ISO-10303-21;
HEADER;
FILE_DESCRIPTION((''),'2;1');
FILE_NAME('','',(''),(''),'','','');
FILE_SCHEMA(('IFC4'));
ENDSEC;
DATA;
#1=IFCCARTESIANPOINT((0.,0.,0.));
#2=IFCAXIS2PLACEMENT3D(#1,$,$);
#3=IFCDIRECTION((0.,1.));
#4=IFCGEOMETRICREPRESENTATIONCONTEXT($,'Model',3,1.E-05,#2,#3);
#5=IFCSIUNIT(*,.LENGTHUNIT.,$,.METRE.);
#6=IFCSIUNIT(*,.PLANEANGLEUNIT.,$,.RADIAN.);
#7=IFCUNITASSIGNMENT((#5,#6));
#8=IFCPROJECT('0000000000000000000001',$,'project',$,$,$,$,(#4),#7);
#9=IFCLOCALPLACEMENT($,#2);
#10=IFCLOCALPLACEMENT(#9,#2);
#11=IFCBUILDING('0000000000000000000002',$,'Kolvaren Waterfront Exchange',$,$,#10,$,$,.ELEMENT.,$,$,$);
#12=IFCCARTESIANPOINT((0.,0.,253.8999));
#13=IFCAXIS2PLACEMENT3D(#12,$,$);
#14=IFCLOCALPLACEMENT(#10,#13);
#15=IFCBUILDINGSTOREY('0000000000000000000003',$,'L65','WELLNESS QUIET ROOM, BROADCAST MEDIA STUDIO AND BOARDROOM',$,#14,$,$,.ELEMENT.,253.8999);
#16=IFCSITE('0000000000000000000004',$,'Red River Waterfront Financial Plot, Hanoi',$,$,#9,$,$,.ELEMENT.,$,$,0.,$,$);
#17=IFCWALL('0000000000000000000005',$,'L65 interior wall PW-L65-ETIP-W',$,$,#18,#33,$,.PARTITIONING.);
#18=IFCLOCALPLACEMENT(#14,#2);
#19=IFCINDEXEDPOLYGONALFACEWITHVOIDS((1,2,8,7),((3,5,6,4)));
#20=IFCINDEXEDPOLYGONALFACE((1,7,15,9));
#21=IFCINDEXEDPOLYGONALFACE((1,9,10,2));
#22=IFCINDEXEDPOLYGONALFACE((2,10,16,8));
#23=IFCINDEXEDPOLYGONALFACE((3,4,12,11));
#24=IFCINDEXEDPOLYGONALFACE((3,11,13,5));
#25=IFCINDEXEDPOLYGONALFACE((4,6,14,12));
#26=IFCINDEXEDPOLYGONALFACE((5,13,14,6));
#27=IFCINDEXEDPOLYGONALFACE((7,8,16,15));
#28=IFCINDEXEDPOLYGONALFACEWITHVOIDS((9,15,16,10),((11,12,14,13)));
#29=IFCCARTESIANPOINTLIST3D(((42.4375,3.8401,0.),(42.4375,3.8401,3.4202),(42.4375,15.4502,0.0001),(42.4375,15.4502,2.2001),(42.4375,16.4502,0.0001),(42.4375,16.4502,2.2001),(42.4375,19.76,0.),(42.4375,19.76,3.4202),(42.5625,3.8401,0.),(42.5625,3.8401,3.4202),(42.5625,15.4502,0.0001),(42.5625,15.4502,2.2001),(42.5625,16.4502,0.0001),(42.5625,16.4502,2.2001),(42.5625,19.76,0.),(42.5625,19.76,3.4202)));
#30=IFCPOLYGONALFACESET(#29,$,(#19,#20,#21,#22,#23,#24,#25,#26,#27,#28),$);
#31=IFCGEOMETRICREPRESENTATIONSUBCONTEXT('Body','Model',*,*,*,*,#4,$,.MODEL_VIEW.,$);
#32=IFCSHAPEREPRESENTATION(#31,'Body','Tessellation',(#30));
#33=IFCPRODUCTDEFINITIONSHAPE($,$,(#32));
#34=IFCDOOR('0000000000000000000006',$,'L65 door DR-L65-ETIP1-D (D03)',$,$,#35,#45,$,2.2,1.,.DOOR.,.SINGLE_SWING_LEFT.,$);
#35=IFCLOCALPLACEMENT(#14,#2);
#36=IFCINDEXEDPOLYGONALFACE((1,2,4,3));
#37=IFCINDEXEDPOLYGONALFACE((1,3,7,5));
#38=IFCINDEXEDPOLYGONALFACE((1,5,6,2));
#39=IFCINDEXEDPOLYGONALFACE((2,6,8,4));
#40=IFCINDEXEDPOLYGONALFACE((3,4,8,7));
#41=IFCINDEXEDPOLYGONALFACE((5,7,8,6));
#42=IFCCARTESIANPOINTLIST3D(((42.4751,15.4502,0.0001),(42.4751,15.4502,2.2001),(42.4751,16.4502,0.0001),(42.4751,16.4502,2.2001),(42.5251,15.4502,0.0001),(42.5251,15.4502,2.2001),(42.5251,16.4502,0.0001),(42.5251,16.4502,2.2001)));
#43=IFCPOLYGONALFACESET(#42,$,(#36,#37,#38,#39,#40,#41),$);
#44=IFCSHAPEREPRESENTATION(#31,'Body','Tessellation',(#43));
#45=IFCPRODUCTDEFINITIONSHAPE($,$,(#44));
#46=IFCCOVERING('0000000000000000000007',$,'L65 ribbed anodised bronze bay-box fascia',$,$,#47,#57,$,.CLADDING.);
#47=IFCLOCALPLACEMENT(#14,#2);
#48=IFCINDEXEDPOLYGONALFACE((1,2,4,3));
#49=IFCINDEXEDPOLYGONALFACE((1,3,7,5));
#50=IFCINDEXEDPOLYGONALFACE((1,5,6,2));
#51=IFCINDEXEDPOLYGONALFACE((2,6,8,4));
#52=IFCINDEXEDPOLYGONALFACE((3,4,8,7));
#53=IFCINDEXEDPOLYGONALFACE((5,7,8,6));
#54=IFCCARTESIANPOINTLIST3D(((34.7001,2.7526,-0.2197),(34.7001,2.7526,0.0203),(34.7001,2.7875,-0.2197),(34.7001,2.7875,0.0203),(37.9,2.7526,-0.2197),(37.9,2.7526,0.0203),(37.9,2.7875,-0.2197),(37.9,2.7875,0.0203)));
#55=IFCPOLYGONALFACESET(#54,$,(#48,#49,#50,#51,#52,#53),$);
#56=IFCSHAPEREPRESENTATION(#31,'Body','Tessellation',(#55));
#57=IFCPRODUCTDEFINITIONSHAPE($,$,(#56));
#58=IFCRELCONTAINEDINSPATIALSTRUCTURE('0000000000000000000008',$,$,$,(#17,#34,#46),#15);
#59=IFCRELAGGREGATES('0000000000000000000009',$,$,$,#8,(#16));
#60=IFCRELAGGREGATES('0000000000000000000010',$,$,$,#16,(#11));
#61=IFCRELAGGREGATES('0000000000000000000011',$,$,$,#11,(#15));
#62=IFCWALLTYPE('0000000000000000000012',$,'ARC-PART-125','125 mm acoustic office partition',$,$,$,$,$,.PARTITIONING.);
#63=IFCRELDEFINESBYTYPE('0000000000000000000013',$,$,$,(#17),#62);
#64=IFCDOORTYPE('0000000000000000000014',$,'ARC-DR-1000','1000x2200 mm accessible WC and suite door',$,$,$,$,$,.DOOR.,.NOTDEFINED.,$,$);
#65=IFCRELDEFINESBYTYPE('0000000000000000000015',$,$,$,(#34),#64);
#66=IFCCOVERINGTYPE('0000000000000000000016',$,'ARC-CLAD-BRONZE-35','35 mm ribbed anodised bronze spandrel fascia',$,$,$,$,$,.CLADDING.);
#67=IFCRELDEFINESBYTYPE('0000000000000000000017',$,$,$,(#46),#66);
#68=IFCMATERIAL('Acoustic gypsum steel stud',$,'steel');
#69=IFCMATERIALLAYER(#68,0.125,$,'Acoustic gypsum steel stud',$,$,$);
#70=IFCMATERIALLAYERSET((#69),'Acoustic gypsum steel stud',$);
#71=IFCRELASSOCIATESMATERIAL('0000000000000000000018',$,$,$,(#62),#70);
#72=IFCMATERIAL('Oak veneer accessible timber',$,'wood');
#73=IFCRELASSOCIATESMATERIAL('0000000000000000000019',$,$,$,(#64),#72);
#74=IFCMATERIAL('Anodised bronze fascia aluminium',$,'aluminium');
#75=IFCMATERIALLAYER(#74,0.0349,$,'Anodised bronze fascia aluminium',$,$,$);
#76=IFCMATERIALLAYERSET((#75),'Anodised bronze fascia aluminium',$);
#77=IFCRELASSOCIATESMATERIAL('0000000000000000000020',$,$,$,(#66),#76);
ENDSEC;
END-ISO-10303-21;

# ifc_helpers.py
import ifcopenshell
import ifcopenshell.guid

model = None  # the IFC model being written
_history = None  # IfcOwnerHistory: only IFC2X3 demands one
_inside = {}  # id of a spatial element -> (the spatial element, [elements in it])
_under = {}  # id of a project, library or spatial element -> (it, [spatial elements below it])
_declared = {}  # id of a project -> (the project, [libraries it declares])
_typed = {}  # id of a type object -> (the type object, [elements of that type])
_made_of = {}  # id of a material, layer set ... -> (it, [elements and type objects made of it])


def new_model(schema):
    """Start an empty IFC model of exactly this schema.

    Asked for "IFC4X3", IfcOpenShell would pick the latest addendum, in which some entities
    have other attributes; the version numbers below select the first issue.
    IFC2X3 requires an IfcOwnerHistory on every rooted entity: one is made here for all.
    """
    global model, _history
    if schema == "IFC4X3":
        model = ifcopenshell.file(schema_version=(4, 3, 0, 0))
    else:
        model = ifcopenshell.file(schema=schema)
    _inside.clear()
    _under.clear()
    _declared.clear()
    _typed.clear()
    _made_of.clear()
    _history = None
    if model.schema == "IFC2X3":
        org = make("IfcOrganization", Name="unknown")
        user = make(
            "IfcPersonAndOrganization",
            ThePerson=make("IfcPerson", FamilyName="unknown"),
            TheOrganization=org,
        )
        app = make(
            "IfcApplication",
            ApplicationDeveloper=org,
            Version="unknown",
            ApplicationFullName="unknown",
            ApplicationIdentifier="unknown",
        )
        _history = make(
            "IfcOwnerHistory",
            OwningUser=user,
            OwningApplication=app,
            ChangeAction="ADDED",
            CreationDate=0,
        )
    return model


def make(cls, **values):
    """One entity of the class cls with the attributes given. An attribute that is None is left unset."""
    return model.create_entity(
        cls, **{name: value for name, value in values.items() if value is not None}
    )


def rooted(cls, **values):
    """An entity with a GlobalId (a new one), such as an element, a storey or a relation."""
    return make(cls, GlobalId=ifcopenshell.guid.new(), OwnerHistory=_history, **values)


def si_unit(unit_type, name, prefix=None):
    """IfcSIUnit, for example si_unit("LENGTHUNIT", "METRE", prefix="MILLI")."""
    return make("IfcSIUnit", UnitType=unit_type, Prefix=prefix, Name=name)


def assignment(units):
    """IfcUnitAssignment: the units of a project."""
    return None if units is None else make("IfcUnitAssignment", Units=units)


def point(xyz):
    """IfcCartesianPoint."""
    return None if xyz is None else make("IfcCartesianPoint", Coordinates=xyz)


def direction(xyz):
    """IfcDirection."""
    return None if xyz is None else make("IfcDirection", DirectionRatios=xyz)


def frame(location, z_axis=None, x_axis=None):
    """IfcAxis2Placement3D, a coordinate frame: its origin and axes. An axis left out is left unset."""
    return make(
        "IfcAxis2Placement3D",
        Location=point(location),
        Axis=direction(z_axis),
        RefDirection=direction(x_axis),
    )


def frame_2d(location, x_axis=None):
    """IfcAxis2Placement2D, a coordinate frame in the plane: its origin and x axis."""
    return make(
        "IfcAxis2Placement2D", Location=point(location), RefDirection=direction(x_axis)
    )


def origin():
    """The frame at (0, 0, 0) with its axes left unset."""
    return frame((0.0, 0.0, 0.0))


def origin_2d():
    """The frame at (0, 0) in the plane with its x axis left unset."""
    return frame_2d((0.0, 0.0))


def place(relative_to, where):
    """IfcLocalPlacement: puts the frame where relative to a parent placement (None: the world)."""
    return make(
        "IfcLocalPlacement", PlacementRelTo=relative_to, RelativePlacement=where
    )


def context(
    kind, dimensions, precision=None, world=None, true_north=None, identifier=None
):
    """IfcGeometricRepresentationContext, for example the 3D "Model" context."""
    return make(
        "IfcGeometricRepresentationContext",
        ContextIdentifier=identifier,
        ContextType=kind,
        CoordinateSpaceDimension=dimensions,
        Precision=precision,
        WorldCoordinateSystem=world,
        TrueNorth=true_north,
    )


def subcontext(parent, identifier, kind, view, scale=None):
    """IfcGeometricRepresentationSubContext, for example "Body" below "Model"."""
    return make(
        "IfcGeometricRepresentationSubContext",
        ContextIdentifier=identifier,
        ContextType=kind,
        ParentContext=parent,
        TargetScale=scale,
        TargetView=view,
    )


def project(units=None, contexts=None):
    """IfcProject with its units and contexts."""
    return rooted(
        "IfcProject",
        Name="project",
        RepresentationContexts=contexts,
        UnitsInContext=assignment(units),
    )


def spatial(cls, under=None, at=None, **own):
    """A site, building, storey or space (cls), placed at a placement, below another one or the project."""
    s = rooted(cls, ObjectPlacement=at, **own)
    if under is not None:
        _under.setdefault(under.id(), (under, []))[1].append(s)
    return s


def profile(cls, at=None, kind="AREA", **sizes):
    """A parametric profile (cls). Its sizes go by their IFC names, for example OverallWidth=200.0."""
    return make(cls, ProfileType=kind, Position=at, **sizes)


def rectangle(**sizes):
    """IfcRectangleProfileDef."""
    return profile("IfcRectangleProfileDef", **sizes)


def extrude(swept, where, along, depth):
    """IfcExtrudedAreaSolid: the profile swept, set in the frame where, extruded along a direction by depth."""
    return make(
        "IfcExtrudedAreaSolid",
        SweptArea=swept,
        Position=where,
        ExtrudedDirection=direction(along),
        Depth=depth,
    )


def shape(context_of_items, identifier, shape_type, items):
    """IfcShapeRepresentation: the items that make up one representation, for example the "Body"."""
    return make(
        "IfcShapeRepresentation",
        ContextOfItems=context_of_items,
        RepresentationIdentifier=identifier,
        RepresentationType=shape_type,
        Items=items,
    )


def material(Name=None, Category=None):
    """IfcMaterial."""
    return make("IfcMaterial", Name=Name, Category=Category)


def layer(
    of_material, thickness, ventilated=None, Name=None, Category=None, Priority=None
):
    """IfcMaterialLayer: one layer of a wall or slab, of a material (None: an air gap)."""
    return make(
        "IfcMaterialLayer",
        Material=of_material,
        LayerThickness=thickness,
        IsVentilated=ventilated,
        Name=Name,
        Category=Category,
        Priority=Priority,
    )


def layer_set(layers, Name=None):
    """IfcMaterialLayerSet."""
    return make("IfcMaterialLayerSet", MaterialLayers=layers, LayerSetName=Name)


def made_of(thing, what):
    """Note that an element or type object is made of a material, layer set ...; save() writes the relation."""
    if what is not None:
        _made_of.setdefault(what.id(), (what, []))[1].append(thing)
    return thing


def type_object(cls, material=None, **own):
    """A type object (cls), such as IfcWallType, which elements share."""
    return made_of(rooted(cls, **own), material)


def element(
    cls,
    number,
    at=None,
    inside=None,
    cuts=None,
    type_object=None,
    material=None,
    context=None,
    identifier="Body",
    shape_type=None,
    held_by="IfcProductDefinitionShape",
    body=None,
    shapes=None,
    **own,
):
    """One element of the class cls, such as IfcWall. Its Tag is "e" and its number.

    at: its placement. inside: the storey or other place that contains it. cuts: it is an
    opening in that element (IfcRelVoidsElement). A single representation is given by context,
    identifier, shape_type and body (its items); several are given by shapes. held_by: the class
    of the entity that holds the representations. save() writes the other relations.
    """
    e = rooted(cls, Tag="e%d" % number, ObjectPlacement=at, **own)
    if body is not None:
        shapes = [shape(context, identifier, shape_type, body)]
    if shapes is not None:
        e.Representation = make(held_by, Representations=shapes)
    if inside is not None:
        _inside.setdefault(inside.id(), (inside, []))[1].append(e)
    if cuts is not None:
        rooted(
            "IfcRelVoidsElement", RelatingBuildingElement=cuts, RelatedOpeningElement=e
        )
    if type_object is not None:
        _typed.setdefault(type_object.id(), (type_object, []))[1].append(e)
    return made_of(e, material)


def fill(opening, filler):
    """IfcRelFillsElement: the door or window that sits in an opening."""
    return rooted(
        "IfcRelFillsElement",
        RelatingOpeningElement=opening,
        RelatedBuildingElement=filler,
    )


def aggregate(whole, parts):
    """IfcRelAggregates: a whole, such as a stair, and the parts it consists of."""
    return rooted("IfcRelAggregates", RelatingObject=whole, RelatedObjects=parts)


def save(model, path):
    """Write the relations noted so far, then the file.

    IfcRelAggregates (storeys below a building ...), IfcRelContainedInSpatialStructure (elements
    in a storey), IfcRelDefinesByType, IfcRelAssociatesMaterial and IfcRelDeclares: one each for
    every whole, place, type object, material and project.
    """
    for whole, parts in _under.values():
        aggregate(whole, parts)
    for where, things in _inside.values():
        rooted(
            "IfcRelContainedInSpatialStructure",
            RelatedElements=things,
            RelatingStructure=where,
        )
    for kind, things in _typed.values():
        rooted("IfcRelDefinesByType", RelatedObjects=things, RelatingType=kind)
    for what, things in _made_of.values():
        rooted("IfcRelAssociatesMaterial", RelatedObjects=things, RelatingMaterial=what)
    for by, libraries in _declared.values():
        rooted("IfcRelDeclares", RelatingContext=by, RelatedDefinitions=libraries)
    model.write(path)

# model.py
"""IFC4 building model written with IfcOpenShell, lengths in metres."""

from ifc_helpers import new_model, si_unit, direction, frame, frame_2d, origin, origin_2d, place, context, subcontext, project, spatial, rectangle, extrude, material, layer, layer_set, type_object, element, fill, save


model = new_model("IFC4")

# Units and contexts
model_context = context("Model", 3, precision=1e-05, world=origin(), true_north=direction((0.0, 1.0)))
body_context = subcontext(model_context, "Body", "Model", "MODEL_VIEW")
ifc_project = project(units=[si_unit("LENGTHUNIT", "METRE"), si_unit("PLANEANGLEUNIT", "RADIAN")], contexts=[model_context])

# Site, building, storey
site_placement = place(None, origin())
site = spatial("IfcSite", under=ifc_project, at=site_placement, Name="Red River Waterfront Financial Plot, Hanoi", CompositionType="ELEMENT", RefElevation=0.0)
building_placement = place(site_placement, origin())
building = spatial("IfcBuilding", under=site, at=building_placement, Name="Kolvaren Waterfront Exchange", CompositionType="ELEMENT")
storey_placement = place(building_placement, frame((0.0, 0.0, 253.8999)))
storey = spatial("IfcBuildingStorey", under=building, at=storey_placement, Name="L65", Description="WELLNESS QUIET ROOM, BROADCAST MEDIA STUDIO AND BOARDROOM", CompositionType="ELEMENT", Elevation=253.8999)

# Wall, opening, door
ifc_material_1 = material(Name="Acoustic gypsum steel stud", Category="steel")
ifc_layer_1 = layer(ifc_material_1, 0.125, Name="Acoustic gypsum steel stud")
ifc_layer_set_1 = layer_set([ifc_layer_1], Name="Acoustic gypsum steel stud")
wall_type_1 = type_object("IfcWallType", Name="ARC-PART-125", Description="125 mm acoustic office partition", PredefinedType="PARTITIONING", material=ifc_layer_set_1)
wall_1_placement = place(storey_placement, frame((42.5, 3.8401, 0.0), z_axis=(0.0, 0.0, 1.0), x_axis=(0.0, 1.0, 0.0)))
wall_1 = element("IfcWall", 1, at=wall_1_placement, inside=storey, type_object=wall_type_1, Name="L65 interior wall PW-L65-ETIP-W", PredefinedType="PARTITIONING", context=body_context, shape_type="SweptSolid", body=[
    extrude(rectangle(XDim=15.9199, YDim=0.125, at=frame_2d((7.96, 0.0))), origin(), (0.0, 0.0, 1.0), 3.4202),
])
opening_placement = place(wall_1_placement, frame((11.6101, 0.0, 0.0)))
opening = element("IfcOpeningElement", 2, at=opening_placement, cuts=wall_1, PredefinedType="OPENING", context=body_context, shape_type="SweptSolid", body=[
    extrude(rectangle(XDim=1.0, YDim=2.2, at=frame_2d((0.5, 1.1001))), frame((0.0, 0.0725, 0.0), z_axis=(0.0, -1.0, 0.0), x_axis=(1.0, 0.0, 0.0)), (0.0, 0.0, 1.0), 0.145),
])
ifc_material_2 = material(Name="Oak veneer accessible timber", Category="wood")
door_type = type_object("IfcDoorType", Name="ARC-DR-1000", Description="1000x2200 mm accessible WC and suite door", OperationType="NOTDEFINED", PredefinedType="DOOR", material=ifc_material_2)
door_placement = place(opening_placement, origin())
door = element("IfcDoor", 3, at=door_placement, inside=storey, type_object=door_type, Name="L65 door DR-L65-ETIP1-D (D03)", OperationType="SINGLE_SWING_LEFT", OverallHeight=2.2, OverallWidth=1.0, PredefinedType="DOOR", context=body_context, shape_type="SweptSolid", body=[
    extrude(rectangle(XDim=1.0, YDim=2.2, at=frame_2d((0.5, 1.1001))), frame((0.0, 0.0249, 0.0), z_axis=(0.0, -1.0, 0.0), x_axis=(1.0, 0.0, 0.0)), (0.0, 0.0, 1.0), 0.05),
])
fill(opening, door)

# Covering
ifc_material_3 = material(Name="Anodised bronze fascia aluminium", Category="aluminium")
ifc_layer_2 = layer(ifc_material_3, 0.0349, Name="Anodised bronze fascia aluminium")
ifc_layer_set_2 = layer_set([ifc_layer_2], Name="Anodised bronze fascia aluminium")
covering_type = type_object("IfcCoveringType", Name="ARC-CLAD-BRONZE-35", Description="35 mm ribbed anodised bronze spandrel fascia", PredefinedType="CLADDING", material=ifc_layer_set_2)
covering_placement = place(storey_placement, frame((36.3, 2.77, -0.2197), z_axis=(0.0, 0.0, 1.0), x_axis=(1.0, 0.0, 0.0)))
element("IfcCovering", 4, at=covering_placement, inside=storey, type_object=covering_type, Name="L65 ribbed anodised bronze bay-box fascia", PredefinedType="CLADDING", context=body_context, shape_type="SweptSolid", body=[
    extrude(rectangle(XDim=3.2, YDim=0.0349, at=origin_2d()), origin(), (0.0, 0.0, 1.0), 0.24),
])

save(model, "model.ifc")
